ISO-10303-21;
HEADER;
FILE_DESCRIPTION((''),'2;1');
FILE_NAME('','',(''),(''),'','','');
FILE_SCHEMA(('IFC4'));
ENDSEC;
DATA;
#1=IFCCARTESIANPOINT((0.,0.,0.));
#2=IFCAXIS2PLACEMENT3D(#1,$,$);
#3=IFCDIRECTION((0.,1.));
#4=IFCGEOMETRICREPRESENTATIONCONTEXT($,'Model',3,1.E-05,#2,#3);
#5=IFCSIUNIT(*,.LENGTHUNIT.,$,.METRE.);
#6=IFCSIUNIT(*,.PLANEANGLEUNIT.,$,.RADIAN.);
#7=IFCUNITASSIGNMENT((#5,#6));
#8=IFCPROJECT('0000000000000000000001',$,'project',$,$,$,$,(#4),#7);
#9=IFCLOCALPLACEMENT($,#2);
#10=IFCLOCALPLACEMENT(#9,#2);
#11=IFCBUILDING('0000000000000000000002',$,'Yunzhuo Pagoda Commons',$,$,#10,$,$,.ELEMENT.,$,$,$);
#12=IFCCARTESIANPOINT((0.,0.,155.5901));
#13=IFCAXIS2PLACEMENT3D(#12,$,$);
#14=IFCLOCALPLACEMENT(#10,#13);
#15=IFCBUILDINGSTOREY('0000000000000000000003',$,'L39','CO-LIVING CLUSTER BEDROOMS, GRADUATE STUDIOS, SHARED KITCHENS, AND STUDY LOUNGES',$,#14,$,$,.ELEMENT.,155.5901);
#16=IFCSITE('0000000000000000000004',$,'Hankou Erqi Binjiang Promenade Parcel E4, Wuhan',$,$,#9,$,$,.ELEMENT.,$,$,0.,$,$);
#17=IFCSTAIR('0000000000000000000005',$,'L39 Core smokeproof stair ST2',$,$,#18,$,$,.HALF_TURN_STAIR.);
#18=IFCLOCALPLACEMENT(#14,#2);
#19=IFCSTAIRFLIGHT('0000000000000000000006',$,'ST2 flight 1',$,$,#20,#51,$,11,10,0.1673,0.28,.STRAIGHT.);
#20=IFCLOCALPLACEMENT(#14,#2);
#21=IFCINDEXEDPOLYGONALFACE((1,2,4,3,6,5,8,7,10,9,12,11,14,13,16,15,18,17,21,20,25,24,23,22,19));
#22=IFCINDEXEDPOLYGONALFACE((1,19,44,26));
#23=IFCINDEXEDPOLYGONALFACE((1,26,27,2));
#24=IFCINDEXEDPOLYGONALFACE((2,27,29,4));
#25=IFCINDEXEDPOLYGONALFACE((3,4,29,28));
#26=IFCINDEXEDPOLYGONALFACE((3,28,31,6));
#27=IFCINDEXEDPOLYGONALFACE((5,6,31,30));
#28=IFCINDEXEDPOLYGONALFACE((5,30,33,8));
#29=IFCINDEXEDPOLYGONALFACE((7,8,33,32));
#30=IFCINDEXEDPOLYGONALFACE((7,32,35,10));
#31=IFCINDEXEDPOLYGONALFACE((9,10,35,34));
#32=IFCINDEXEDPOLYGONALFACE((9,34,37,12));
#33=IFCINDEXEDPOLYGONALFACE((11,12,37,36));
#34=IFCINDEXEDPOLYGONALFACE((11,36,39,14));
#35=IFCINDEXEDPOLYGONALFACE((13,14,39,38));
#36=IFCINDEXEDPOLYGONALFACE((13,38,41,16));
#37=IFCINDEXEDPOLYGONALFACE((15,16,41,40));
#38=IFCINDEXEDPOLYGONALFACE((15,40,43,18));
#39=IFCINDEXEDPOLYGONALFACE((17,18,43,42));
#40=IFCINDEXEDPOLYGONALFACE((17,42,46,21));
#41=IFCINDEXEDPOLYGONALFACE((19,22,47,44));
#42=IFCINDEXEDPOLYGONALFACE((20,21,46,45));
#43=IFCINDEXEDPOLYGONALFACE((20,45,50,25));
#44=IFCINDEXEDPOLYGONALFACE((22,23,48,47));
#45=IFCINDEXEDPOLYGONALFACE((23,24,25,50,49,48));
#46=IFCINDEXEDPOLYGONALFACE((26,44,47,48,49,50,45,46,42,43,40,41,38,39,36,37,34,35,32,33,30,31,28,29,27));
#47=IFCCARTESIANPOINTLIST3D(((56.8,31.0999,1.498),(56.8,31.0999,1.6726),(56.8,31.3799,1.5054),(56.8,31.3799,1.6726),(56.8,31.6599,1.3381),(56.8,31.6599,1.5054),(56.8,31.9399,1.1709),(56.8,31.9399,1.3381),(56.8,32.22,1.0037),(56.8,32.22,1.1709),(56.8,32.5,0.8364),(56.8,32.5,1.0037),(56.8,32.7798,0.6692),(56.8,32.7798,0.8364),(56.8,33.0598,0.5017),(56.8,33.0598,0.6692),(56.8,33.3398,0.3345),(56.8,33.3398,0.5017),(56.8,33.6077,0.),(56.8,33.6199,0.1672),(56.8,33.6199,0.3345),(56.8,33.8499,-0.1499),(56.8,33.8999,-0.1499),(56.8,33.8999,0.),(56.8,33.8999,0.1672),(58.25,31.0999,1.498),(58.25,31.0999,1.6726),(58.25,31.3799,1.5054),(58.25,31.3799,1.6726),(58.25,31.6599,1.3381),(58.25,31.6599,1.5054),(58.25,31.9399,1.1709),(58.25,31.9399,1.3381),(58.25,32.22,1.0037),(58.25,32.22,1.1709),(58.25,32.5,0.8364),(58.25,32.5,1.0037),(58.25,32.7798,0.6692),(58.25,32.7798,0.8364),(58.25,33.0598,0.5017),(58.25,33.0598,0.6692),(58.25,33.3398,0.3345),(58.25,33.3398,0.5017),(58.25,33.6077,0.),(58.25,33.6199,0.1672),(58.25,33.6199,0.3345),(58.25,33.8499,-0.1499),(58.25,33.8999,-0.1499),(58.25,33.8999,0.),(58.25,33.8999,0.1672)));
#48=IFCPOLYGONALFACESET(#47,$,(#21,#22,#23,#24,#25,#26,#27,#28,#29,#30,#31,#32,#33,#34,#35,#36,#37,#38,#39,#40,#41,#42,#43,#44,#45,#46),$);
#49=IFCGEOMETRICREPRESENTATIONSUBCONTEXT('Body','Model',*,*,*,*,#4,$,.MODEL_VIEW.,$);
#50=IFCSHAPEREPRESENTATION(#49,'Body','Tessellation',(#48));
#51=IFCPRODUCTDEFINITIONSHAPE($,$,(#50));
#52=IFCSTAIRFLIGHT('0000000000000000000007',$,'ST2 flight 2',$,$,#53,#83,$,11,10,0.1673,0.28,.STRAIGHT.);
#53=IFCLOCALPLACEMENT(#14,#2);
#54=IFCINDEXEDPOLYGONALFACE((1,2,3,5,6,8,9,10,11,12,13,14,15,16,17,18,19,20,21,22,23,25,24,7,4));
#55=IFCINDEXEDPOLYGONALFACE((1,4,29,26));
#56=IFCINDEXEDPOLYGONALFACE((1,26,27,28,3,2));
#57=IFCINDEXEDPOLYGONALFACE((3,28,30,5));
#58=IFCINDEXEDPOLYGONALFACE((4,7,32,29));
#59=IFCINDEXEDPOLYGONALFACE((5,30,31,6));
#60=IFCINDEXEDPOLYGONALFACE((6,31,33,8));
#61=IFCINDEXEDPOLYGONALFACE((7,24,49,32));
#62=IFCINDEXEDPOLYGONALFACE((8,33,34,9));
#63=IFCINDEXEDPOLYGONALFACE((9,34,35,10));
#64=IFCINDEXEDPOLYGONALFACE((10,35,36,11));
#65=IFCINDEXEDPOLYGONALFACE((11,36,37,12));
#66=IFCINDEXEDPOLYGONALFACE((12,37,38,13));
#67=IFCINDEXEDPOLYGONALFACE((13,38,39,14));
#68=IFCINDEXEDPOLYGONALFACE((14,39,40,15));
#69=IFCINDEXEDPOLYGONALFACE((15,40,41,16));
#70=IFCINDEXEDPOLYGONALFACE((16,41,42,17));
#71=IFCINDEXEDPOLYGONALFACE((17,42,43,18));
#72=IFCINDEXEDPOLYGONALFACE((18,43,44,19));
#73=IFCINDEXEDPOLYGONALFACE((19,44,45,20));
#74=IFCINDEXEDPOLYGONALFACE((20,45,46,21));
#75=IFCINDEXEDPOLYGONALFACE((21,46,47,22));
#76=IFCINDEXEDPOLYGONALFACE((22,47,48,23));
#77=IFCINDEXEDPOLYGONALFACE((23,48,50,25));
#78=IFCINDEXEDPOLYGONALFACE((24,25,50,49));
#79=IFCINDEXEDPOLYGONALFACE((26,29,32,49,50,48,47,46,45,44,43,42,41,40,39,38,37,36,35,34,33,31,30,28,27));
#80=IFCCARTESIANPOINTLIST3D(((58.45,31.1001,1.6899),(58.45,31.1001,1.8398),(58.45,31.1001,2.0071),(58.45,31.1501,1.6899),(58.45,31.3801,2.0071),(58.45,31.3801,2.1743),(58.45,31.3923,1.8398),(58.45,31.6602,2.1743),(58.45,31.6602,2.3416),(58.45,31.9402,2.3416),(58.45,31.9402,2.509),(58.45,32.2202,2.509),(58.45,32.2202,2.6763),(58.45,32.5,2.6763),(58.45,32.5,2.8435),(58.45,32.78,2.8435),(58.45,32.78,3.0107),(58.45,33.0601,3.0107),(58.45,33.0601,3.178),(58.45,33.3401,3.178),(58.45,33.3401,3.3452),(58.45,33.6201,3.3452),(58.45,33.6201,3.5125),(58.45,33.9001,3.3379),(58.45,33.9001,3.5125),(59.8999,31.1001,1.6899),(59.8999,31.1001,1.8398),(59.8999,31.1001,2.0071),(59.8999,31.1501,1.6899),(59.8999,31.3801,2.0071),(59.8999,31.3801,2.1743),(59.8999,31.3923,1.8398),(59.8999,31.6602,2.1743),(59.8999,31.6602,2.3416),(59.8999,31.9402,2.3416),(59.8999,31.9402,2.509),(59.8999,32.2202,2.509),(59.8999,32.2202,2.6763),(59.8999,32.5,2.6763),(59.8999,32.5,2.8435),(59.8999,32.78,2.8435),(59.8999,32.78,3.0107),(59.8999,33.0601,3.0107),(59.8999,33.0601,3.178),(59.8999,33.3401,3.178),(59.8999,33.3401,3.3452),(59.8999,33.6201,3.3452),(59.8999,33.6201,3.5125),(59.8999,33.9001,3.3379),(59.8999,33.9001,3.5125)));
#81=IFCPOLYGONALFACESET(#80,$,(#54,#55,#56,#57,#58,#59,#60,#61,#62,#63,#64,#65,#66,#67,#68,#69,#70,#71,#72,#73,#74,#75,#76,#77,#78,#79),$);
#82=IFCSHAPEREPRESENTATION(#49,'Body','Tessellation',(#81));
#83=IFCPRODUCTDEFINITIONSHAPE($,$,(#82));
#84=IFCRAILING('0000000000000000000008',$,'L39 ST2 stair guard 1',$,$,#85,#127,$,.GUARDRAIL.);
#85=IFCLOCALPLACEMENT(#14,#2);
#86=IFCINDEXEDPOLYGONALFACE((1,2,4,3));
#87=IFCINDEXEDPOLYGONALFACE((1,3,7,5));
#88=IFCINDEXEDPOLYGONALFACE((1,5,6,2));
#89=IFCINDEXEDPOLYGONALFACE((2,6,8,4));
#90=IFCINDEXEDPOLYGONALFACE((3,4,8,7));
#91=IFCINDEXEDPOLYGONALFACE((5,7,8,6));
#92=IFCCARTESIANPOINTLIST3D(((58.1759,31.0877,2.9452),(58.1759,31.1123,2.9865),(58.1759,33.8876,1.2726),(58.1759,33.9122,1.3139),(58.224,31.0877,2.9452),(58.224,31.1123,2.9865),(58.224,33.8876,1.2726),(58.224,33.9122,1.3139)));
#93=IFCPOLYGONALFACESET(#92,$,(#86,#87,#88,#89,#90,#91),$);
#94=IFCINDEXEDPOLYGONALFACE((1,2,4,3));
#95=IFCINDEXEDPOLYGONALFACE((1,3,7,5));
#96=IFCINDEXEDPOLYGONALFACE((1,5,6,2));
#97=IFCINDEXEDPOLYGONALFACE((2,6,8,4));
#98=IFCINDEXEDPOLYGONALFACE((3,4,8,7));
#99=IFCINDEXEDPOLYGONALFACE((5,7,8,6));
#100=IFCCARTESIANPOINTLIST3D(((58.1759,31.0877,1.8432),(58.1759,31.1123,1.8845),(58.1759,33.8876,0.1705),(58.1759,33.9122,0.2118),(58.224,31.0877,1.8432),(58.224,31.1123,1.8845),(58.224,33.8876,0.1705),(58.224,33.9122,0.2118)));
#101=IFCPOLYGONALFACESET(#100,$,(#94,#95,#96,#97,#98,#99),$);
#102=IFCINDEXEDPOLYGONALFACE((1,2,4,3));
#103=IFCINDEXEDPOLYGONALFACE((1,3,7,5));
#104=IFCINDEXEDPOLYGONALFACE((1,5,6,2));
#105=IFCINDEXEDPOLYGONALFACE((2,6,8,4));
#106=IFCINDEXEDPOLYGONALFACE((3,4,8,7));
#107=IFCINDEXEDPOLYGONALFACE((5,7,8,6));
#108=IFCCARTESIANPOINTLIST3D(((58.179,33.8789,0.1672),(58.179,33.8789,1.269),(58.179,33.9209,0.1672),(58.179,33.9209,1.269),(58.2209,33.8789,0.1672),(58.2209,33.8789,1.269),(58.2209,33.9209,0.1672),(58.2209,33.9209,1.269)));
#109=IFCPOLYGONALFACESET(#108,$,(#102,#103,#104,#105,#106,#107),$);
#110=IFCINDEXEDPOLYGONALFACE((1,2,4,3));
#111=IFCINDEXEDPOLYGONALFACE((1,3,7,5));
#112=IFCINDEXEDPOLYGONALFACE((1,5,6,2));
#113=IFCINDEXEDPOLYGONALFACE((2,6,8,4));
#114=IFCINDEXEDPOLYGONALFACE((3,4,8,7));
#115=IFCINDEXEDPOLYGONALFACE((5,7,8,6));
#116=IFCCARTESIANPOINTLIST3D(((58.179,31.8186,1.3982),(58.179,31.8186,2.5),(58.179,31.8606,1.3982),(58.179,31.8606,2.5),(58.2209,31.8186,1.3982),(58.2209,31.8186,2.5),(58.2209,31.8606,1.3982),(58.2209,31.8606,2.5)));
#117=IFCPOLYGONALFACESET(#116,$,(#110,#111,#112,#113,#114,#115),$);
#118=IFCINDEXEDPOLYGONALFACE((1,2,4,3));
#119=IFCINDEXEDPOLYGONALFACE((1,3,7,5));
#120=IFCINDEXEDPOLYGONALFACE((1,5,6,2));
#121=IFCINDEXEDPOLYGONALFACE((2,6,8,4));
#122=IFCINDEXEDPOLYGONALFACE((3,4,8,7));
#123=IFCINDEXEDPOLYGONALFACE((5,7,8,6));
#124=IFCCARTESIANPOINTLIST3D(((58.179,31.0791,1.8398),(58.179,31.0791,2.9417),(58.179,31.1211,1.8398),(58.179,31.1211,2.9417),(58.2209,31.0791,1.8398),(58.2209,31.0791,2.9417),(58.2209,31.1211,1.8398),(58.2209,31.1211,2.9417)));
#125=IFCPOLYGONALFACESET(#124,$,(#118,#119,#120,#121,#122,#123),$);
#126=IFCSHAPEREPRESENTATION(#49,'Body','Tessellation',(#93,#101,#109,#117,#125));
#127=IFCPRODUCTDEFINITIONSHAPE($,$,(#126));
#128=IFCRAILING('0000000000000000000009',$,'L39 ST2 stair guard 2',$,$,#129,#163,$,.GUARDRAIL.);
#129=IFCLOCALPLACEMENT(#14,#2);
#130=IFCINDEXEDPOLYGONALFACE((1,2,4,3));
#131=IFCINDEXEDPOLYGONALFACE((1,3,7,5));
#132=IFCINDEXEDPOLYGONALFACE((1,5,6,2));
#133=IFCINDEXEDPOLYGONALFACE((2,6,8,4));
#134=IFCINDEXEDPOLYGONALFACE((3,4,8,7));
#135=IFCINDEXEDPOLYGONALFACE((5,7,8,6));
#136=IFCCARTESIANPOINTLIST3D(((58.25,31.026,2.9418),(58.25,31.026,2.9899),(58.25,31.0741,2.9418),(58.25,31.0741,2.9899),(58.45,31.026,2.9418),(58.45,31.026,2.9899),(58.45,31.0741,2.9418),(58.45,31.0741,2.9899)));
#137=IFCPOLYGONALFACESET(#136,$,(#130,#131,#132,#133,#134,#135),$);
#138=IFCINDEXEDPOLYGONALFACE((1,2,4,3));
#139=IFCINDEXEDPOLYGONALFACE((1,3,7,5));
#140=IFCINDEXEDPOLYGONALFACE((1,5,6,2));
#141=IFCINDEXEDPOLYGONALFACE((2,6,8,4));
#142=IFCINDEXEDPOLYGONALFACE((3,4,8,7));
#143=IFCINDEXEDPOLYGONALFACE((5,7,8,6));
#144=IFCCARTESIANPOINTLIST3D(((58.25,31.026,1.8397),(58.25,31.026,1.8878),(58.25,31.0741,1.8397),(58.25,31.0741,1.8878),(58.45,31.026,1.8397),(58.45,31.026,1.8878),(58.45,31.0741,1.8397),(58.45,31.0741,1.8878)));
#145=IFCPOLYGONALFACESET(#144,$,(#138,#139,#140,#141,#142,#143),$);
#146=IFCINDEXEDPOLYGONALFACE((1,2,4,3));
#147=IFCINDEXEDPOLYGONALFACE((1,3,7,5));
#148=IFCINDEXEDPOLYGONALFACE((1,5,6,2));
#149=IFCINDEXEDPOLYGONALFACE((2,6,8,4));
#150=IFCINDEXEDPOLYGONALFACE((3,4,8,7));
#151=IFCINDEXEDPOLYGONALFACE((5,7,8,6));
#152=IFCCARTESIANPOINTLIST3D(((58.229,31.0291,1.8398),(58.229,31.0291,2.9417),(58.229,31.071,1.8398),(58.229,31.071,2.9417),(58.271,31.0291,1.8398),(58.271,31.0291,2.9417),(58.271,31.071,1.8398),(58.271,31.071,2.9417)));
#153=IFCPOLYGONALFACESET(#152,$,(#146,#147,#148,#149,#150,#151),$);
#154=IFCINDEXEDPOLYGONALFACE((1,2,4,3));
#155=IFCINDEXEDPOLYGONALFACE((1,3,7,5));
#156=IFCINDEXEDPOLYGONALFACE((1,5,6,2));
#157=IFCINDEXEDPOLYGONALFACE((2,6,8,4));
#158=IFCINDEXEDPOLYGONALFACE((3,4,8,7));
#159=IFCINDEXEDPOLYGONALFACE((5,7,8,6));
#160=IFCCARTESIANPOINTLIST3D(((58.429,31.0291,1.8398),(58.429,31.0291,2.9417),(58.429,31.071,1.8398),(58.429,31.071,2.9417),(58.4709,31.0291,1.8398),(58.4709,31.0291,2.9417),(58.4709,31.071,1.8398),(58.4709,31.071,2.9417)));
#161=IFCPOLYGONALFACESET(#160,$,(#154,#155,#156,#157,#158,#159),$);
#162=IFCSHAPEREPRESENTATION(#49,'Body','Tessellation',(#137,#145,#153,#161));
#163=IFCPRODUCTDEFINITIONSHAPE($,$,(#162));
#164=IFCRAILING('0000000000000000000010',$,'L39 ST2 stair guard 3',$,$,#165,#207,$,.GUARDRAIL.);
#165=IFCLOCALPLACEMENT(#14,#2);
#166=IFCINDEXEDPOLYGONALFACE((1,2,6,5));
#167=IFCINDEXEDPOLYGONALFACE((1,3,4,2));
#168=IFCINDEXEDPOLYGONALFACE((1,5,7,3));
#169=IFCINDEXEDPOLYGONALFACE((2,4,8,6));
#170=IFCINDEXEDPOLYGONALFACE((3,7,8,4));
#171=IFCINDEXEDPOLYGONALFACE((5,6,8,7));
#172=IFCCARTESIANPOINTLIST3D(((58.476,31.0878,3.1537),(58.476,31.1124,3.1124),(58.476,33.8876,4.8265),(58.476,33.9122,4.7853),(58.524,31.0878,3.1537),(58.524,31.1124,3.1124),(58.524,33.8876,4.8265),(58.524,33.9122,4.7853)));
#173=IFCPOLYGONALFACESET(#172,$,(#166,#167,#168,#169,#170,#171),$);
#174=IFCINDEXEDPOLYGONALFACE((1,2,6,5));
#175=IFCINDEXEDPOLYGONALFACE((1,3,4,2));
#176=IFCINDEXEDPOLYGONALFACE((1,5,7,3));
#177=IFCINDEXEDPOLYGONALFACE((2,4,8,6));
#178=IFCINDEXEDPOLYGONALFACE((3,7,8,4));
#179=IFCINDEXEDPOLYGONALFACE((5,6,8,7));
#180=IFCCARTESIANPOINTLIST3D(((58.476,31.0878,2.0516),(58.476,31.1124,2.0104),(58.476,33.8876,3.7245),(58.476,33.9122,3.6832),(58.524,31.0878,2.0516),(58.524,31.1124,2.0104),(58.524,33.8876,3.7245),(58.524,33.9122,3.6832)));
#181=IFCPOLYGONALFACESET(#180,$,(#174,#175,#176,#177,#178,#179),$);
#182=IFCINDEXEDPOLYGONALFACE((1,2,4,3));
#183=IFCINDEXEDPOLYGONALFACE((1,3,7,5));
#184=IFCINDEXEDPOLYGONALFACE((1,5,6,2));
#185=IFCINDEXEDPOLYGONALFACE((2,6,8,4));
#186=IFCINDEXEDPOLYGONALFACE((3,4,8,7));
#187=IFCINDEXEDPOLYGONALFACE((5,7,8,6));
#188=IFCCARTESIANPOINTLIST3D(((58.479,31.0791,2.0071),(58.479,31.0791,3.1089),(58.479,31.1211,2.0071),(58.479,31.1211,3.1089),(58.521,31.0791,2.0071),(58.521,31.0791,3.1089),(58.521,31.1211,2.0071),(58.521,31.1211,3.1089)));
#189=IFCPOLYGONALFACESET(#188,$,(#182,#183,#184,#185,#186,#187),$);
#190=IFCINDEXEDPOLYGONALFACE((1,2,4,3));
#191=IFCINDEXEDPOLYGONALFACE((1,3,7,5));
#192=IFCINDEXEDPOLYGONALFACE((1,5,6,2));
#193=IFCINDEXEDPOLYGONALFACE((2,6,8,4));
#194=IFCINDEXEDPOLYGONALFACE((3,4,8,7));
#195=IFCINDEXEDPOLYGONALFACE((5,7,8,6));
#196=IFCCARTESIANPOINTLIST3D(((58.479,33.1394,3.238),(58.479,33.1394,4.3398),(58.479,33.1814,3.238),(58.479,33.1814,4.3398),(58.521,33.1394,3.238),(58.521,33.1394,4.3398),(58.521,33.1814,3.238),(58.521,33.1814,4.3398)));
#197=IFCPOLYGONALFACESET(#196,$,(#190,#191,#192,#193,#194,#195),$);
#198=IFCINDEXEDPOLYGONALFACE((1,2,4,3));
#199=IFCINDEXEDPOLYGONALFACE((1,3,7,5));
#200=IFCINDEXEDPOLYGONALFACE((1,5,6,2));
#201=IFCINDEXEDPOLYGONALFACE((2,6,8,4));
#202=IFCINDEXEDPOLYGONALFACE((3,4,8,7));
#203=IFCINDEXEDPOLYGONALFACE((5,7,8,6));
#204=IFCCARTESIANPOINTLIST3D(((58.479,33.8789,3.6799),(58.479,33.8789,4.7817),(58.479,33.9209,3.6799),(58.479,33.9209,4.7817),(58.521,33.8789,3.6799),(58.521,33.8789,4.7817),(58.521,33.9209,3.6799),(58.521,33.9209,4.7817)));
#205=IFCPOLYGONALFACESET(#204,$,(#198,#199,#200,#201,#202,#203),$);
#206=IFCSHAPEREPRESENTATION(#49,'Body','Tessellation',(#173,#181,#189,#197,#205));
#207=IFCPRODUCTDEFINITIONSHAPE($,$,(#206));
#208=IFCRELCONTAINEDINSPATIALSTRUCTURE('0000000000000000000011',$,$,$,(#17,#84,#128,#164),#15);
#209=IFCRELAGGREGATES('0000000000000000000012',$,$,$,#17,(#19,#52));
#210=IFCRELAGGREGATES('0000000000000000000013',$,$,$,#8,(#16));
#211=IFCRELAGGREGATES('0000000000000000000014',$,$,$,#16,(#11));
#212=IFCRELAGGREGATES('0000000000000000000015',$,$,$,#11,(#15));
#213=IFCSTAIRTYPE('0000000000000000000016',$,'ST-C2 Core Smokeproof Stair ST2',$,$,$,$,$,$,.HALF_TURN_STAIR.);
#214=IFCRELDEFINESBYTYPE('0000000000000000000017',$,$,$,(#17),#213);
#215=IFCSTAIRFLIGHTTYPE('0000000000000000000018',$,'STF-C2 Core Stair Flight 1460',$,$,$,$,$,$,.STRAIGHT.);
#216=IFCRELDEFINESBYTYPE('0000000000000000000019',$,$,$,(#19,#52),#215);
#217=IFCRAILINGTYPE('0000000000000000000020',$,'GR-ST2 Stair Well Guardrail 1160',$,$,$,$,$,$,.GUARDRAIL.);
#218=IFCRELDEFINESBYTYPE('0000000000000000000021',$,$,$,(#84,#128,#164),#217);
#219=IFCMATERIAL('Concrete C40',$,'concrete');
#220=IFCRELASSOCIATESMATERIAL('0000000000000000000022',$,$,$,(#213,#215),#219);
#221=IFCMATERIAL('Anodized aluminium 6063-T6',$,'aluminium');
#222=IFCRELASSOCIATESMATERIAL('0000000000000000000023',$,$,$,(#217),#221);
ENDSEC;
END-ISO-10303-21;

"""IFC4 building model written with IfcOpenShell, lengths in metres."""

from ifc_helpers import new_model, si_unit, direction, frame, origin, origin_2d, place, context, subcontext, project, spatial, polyline, rectangle, outline, extrude, source, transform, mapped, material, type_object, element, aggregate, save


model = new_model("IFC4")

# Units and contexts
model_context = context("Model", 3, precision=1e-05, world=origin(), true_north=direction((0.0, 1.0)))
body_context = subcontext(model_context, "Body", "Model", "MODEL_VIEW")
ifc_project = project(units=[si_unit("LENGTHUNIT", "METRE"), si_unit("PLANEANGLEUNIT", "RADIAN")], contexts=[model_context])

# Site, building, storey
site_placement = place(None, origin())
site = spatial("IfcSite", under=ifc_project, at=site_placement, Name="Hankou Erqi Binjiang Promenade Parcel E4, Wuhan", CompositionType="ELEMENT", RefElevation=0.0)
building_placement = place(site_placement, origin())
building = spatial("IfcBuilding", under=site, at=building_placement, Name="Yunzhuo Pagoda Commons", CompositionType="ELEMENT")
storey_placement = place(building_placement, frame((0.0, 0.0, 155.5901)))
storey = spatial("IfcBuildingStorey", under=building, at=storey_placement, Name="L39", Description="CO-LIVING CLUSTER BEDROOMS, GRADUATE STUDIOS, SHARED KITCHENS, AND STUDY LOUNGES", CompositionType="ELEMENT", Elevation=155.5901)

# Shared definitions
ifc_material_1 = material(Name="Concrete C40", Category="concrete")

# Stair, stair flights
stair_type = type_object("IfcStairType", Name="ST-C2 Core Smokeproof Stair ST2", PredefinedType="HALF_TURN_STAIR", material=ifc_material_1)
stair_placement = place(storey_placement, origin())
stair = element("IfcStair", 1, at=stair_placement, inside=storey, type_object=stair_type, Name="L39 Core smokeproof stair ST2", PredefinedType="HALF_TURN_STAIR")
stair_flight_type = type_object("IfcStairFlightType", Name="STF-C2 Core Stair Flight 1460", PredefinedType="STRAIGHT", material=ifc_material_1)
shared_shape_1 = source(origin(), body_context, "Body", "SweptSolid", [
    extrude(outline(polyline([(0.0, -0.1499), (0.0, 0.0), (0.0, 0.1672), (0.28, 0.1672), (0.28, 0.3345), (0.5601, 0.3345), (0.5601, 0.5017), (0.8401, 0.5017), (0.8401, 0.6692), (1.1201, 0.6692), (1.1201, 0.8364), (1.3999, 0.8364), (1.3999, 1.0037), (1.6799, 1.0037), (1.6799, 1.1709), (1.96, 1.1709), (1.96, 1.3381), (2.24, 1.3381), (2.24, 1.5054), (2.52, 1.5054), (2.52, 1.6726), (2.8, 1.6726), (2.8, 1.8401), (2.8, 1.498), (0.2922, 0.0), (0.05, -0.1499), (0.0, -0.1499)])), frame((0.0, 0.7251, 0.0), z_axis=(0.0, -1.0, 0.0), x_axis=(1.0, 0.0, 0.0)), (0.0, 0.0, 1.0), 1.45),
])
stair_flight_1_placement = place(storey_placement, frame((57.5249, 33.8999, 0.0), z_axis=(0.0, 0.0, 1.0), x_axis=(0.0, -1.0, 0.0)))
stair_flight_1 = element("IfcStairFlight", 2, at=stair_flight_1_placement, type_object=stair_flight_type, Name="ST2 flight 1", NumberOfRisers=11, NumberOfTreads=10, PredefinedType="STRAIGHT", RiserHeight=0.1673, TreadLength=0.28, context=body_context, shape_type="MappedRepresentation", body=[
    mapped(shared_shape_1, transform((0.0, 0.0, 0.0), scale=1.0)),
])
stair_flight_2_placement = place(storey_placement, frame((59.175, 31.1001, 1.8398), z_axis=(0.0, 0.0, 1.0), x_axis=(0.0, 1.0, 0.0)))
stair_flight_2 = element("IfcStairFlight", 3, at=stair_flight_2_placement, type_object=stair_flight_type, Name="ST2 flight 2", NumberOfRisers=11, NumberOfTreads=10, PredefinedType="STRAIGHT", RiserHeight=0.1673, TreadLength=0.28, context=body_context, shape_type="MappedRepresentation", body=[
    mapped(shared_shape_1, transform((0.0, 0.0, 0.0), scale=1.0)),
])
aggregate(stair, [stair_flight_1, stair_flight_2])

# Railings
ifc_material_2 = material(Name="Anodized aluminium 6063-T6", Category="aluminium")
railing_type_1 = type_object("IfcRailingType", Name="GR-ST2 Stair Well Guardrail 1160", PredefinedType="GUARDRAIL", material=ifc_material_2)
railing_1_placement = place(storey_placement, frame((58.2, 33.8999, 0.1672)))
element("IfcRailing", 4, at=railing_1_placement, inside=storey, type_object=railing_type_1, Name="L39 ST2 stair guard 1", PredefinedType="GUARDRAIL", context=body_context, shape_type="SweptSolid", body=[
    extrude(rectangle(XDim=0.0481, YDim=0.0481, at=origin_2d()), frame((0.0, 0.0, 1.126), z_axis=(0.0, -0.858476, 0.512855), x_axis=(1.0, 0.0, 0.0)), (0.0, 0.0, 1.0), 3.2615),
    extrude(rectangle(XDim=0.0481, YDim=0.0481, at=origin_2d()), frame((0.0, 0.0, 0.0239), z_axis=(0.0, -0.858476, 0.512855), x_axis=(1.0, 0.0, 0.0)), (0.0, 0.0, 1.0), 3.2615),
    extrude(rectangle(XDim=0.042, YDim=0.042, at=origin_2d()), origin(), (0.0, 0.0, 1.0), 1.1018),
    extrude(rectangle(XDim=0.042, YDim=0.042, at=origin_2d()), frame((0.0, -2.0603, 1.231)), (0.0, 0.0, 1.0), 1.1018),
    extrude(rectangle(XDim=0.042, YDim=0.042, at=origin_2d()), frame((0.0, -2.7998, 1.6726)), (0.0, 0.0, 1.0), 1.1018),
])
railing_2_placement = place(storey_placement, frame((58.25, 31.05, 1.8398)))
element("IfcRailing", 5, at=railing_2_placement, inside=storey, type_object=railing_type_1, Name="L39 ST2 stair guard 2", PredefinedType="GUARDRAIL", context=body_context, shape_type="SweptSolid", body=[
    extrude(rectangle(XDim=0.0481, YDim=0.0481, at=origin_2d()), frame((0.0, 0.0, 1.126), z_axis=(1.0, 0.0, 0.0), x_axis=(0.0, 1.0, 0.0)), (0.0, 0.0, 1.0), 0.2),
    extrude(rectangle(XDim=0.0481, YDim=0.0481, at=origin_2d()), frame((0.0, 0.0, 0.0239), z_axis=(1.0, 0.0, 0.0), x_axis=(0.0, 1.0, 0.0)), (0.0, 0.0, 1.0), 0.2),
    extrude(rectangle(XDim=0.042, YDim=0.042, at=origin_2d()), origin(), (0.0, 0.0, 1.0), 1.1018),
    extrude(rectangle(XDim=0.042, YDim=0.042, at=origin_2d()), frame((0.2, 0.0, 0.0)), (0.0, 0.0, 1.0), 1.1018),
])
railing_3_placement = place(storey_placement, frame((58.5, 31.1001, 2.0071)))
element("IfcRailing", 6, at=railing_3_placement, inside=storey, type_object=railing_type_1, Name="L39 ST2 stair guard 3", PredefinedType="GUARDRAIL", context=body_context, shape_type="SweptSolid", body=[
    extrude(rectangle(XDim=0.0481, YDim=0.0481, at=origin_2d()), frame((0.0, 0.0, 1.126), z_axis=(0.0, 0.858443, 0.51291), x_axis=(-1.0, 0.0, 0.0)), (0.0, 0.0, 1.0), 3.2615),
    extrude(rectangle(XDim=0.0481, YDim=0.0481, at=origin_2d()), frame((0.0, 0.0, 0.0239), z_axis=(0.0, 0.858443, 0.51291), x_axis=(-1.0, 0.0, 0.0)), (0.0, 0.0, 1.0), 3.2615),
    extrude(rectangle(XDim=0.042, YDim=0.042, at=origin_2d()), origin(), (0.0, 0.0, 1.0), 1.1018),
    extrude(rectangle(XDim=0.042, YDim=0.042, at=origin_2d()), frame((0.0, 2.0603, 1.231)), (0.0, 0.0, 1.0), 1.1018),
    extrude(rectangle(XDim=0.042, YDim=0.042, at=origin_2d()), frame((0.0, 2.7998, 1.6729)), (0.0, 0.0, 1.0), 1.1018),
])

save(model, "model.ifc")
